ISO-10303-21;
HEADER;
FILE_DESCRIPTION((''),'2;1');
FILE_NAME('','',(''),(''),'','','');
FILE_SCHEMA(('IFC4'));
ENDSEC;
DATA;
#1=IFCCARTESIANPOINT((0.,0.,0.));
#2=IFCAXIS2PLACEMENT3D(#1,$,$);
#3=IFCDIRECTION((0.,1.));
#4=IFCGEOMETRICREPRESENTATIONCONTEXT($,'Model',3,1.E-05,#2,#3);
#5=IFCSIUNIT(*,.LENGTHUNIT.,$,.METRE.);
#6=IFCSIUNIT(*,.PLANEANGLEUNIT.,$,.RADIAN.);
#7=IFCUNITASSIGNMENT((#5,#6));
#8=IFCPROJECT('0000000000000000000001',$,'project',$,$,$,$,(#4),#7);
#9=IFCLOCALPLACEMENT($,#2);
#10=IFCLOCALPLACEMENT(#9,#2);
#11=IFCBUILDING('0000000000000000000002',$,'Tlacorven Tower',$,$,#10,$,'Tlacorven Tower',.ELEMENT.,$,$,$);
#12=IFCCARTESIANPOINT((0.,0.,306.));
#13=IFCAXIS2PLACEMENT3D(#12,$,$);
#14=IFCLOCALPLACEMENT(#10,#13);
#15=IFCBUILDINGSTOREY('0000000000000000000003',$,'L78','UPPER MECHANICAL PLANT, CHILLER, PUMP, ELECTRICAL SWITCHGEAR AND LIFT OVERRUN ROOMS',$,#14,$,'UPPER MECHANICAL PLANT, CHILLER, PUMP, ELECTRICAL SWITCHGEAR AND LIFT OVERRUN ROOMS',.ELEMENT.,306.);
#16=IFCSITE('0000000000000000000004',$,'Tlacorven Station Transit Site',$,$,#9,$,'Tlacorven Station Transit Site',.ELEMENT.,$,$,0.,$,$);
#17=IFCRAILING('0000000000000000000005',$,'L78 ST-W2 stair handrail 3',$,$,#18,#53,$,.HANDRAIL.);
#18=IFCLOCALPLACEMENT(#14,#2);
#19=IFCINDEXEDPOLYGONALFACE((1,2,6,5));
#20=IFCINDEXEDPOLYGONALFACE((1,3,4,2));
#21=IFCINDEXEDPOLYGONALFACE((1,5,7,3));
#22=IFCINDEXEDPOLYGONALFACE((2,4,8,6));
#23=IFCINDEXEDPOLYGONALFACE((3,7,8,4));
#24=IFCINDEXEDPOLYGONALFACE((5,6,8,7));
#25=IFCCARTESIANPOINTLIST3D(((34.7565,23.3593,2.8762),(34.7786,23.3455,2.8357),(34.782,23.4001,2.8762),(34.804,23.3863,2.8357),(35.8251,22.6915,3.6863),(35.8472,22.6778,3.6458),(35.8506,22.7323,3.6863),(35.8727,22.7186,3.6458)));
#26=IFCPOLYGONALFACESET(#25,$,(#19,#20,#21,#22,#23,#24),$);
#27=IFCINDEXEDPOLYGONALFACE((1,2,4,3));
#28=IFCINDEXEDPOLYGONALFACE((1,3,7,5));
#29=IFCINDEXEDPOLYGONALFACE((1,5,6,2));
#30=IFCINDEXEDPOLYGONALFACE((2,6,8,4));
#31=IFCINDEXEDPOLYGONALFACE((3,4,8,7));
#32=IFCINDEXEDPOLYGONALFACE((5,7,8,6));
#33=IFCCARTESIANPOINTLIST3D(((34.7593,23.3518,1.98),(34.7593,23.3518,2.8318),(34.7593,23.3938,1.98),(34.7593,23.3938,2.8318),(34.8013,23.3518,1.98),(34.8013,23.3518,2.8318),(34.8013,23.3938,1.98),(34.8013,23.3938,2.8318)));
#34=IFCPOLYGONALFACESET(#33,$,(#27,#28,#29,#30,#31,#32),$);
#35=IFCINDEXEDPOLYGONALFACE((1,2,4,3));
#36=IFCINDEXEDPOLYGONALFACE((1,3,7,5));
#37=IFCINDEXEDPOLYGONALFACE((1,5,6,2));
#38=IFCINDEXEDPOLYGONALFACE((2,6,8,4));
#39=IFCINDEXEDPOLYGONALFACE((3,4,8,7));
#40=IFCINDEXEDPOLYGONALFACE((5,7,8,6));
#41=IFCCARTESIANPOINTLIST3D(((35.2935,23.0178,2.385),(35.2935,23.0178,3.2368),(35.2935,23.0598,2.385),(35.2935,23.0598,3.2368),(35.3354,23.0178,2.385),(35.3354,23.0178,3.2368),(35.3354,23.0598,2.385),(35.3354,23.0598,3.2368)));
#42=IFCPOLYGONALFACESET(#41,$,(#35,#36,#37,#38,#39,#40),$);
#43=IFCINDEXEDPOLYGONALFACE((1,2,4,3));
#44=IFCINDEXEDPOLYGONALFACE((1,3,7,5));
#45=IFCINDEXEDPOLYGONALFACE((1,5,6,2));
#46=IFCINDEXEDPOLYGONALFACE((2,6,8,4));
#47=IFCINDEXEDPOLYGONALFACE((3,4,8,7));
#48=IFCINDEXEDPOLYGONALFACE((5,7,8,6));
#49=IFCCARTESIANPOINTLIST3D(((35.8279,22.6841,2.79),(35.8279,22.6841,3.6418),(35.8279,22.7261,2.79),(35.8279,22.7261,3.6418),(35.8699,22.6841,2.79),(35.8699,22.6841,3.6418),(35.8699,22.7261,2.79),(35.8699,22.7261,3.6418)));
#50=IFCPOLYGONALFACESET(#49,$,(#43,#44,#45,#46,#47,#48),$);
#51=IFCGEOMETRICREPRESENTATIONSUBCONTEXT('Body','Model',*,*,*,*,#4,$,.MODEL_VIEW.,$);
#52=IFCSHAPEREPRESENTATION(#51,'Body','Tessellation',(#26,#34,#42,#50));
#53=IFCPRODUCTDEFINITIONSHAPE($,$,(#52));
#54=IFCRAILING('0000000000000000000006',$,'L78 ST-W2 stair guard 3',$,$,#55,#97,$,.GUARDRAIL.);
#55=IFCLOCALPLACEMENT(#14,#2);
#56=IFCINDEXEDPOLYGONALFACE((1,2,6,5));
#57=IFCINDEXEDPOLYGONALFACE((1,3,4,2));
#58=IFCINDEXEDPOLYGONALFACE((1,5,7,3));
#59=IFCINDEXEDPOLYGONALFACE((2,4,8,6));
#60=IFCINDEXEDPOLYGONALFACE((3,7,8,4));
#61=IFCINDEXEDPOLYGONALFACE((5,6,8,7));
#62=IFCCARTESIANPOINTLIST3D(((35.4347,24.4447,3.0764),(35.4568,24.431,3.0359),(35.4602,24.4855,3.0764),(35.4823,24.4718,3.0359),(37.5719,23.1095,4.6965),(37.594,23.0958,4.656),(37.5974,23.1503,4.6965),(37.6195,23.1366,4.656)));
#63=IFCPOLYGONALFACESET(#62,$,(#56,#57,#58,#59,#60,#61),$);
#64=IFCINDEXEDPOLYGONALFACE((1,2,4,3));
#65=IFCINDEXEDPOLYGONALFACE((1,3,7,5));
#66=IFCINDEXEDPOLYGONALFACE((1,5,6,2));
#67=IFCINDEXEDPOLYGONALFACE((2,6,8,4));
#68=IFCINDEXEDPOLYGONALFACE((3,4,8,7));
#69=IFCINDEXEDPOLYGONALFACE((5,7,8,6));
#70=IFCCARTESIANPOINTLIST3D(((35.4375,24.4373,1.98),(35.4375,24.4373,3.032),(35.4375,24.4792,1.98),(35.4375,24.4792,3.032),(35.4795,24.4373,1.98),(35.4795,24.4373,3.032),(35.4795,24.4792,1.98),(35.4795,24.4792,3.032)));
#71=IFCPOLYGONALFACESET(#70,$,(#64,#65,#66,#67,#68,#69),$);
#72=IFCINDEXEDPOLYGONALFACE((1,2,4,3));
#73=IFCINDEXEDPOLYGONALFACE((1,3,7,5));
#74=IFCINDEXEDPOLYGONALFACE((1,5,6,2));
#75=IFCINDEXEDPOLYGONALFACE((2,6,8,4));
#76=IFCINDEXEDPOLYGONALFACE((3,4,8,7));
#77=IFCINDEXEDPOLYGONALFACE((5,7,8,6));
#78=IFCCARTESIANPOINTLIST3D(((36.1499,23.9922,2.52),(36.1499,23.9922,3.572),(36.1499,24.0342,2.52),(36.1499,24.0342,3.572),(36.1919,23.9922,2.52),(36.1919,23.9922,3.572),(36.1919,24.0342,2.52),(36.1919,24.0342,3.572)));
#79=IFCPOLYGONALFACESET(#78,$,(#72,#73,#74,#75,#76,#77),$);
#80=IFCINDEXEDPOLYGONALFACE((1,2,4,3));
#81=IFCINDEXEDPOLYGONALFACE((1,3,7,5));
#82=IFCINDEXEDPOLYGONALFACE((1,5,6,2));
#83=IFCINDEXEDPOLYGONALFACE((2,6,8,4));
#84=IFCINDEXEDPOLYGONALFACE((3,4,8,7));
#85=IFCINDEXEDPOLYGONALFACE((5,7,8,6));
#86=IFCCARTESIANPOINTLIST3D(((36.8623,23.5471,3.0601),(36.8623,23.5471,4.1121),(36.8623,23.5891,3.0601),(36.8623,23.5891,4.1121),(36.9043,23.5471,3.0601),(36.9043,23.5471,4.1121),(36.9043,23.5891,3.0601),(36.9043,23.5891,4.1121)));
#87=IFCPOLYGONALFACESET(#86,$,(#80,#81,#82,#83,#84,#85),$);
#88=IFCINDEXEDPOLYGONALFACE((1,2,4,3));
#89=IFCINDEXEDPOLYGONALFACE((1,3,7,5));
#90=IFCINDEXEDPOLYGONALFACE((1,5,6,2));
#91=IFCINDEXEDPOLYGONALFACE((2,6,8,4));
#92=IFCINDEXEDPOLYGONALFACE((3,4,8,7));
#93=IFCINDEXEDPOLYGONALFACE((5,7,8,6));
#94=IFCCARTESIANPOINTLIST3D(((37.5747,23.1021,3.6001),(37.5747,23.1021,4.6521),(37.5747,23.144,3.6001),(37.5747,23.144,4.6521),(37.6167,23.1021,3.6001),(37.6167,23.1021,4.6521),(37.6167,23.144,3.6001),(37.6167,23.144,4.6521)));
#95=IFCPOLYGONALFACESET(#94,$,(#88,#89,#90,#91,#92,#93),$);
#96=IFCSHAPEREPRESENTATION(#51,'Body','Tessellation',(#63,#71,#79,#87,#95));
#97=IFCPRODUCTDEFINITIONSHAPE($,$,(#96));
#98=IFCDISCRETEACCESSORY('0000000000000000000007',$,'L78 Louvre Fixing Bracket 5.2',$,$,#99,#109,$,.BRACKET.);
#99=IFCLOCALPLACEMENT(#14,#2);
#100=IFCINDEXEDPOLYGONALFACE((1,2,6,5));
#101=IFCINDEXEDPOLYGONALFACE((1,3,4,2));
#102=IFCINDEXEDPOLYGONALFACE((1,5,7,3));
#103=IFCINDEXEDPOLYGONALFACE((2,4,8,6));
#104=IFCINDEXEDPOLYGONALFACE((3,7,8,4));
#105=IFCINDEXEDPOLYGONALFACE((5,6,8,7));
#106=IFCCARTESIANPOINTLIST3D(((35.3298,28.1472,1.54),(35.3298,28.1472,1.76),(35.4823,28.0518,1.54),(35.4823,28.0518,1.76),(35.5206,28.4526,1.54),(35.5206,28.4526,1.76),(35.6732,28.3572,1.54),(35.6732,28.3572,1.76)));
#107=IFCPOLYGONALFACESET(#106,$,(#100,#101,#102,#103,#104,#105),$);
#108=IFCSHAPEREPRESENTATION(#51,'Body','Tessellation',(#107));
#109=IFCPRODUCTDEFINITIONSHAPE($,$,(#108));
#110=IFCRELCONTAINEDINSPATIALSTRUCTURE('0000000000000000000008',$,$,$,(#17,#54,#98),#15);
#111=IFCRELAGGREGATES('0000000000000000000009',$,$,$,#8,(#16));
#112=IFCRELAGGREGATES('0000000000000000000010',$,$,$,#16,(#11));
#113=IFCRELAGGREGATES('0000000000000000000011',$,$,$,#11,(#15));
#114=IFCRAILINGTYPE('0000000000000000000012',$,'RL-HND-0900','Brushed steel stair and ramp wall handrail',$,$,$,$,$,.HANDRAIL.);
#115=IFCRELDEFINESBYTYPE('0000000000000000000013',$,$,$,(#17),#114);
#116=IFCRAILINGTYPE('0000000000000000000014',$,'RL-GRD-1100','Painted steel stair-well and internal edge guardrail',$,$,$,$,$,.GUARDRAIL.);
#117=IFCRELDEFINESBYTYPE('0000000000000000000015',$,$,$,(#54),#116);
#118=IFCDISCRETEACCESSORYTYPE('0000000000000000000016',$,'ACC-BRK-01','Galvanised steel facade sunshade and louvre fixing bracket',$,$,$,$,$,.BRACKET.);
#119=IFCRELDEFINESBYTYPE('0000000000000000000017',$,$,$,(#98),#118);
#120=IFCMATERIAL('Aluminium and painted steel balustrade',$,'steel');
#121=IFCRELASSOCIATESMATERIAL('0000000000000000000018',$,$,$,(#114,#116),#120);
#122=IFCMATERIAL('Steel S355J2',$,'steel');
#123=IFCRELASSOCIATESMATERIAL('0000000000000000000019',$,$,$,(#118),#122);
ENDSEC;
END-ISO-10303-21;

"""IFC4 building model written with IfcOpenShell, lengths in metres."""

from ifc_helpers import new_model, si_unit, direction, frame, origin, origin_2d, place, context, subcontext, project, spatial, rectangle, extrude, source, transform, mapped, material, type_object, element, save


model = new_model("IFC4")

# Units and contexts
model_context = context("Model", 3, precision=1e-05, world=origin(), true_north=direction((0.0, 1.0)))
body_context = subcontext(model_context, "Body", "Model", "MODEL_VIEW")
ifc_project = project(units=[si_unit("LENGTHUNIT", "METRE"), si_unit("PLANEANGLEUNIT", "RADIAN")], contexts=[model_context])

# Site, building, storey
site_placement = place(None, origin())
site = spatial("IfcSite", under=ifc_project, at=site_placement, Name="Tlacorven Station Transit Site", LongName="Tlacorven Station Transit Site", CompositionType="ELEMENT", RefElevation=0.0)
building_placement = place(site_placement, origin())
building = spatial("IfcBuilding", under=site, at=building_placement, Name="Tlacorven Tower", LongName="Tlacorven Tower", CompositionType="ELEMENT")
storey_placement = place(building_placement, frame((0.0, 0.0, 306.0)))
storey = spatial("IfcBuildingStorey", under=building, at=storey_placement, Name="L78", Description="UPPER MECHANICAL PLANT, CHILLER, PUMP, ELECTRICAL SWITCHGEAR AND LIFT OVERRUN ROOMS", LongName="UPPER MECHANICAL PLANT, CHILLER, PUMP, ELECTRICAL SWITCHGEAR AND LIFT OVERRUN ROOMS", CompositionType="ELEMENT", Elevation=306.0)

# Shared definitions
ifc_material_1 = material(Name="Steel S355J2", Category="steel")

# Railings
ifc_material_2 = material(Name="Aluminium and painted steel balustrade", Category="steel")
railing_type_1 = type_object("IfcRailingType", Name="RL-HND-0900", Description="Brushed steel stair and ramp wall handrail", PredefinedType="HANDRAIL", material=ifc_material_2)
shared_shape_1 = source(origin(), body_context, "Body", "SweptSolid", [
    extrude(rectangle(XDim=0.0481, YDim=0.0481, at=origin_2d()), frame((0.0, 0.0, 0.876), z_axis=(0.71336, -0.445748, 0.540765), x_axis=(0.529912, 0.848053, 0.0)), (0.0, 0.0, 1.0), 1.498),
    extrude(rectangle(XDim=0.042, YDim=0.042, at=origin_2d()), origin(), (0.0, 0.0, 1.0), 0.8518),
    extrude(rectangle(XDim=0.042, YDim=0.042, at=origin_2d()), frame((0.5342, -0.334, 0.405)), (0.0, 0.0, 1.0), 0.8518),
    extrude(rectangle(XDim=0.042, YDim=0.042, at=origin_2d()), frame((1.0686, -0.6677, 0.8101)), (0.0, 0.0, 1.0), 0.8518),
])
railing_1_placement = place(storey_placement, frame((34.7803, 23.3728, 1.98)))
element("IfcRailing", 1, at=railing_1_placement, inside=storey, type_object=railing_type_1, Name="L78 ST-W2 stair handrail 3", PredefinedType="HANDRAIL", context=body_context, shape_type="MappedRepresentation", body=[
    mapped(shared_shape_1, transform((0.0, 0.0, 0.0), scale=1.0)),
])
railing_type_2 = type_object("IfcRailingType", Name="RL-GRD-1100", Description="Painted steel stair-well and internal edge guardrail", PredefinedType="GUARDRAIL", material=ifc_material_2)
shared_shape_2 = source(origin(), body_context, "Body", "SweptSolid", [
    extrude(rectangle(XDim=0.0481, YDim=0.0481, at=origin_2d()), frame((0.0, 0.0, 1.0762), z_axis=(0.713386, -0.445683, 0.540784), x_axis=(0.529842, 0.848096, 0.0)), (0.0, 0.0, 1.0), 2.9958),
    extrude(rectangle(XDim=0.042, YDim=0.042, at=origin_2d()), origin(), (0.0, 0.0, 1.0), 1.052),
    extrude(rectangle(XDim=0.042, YDim=0.042, at=origin_2d()), frame((0.7124, -0.4451, 0.54)), (0.0, 0.0, 1.0), 1.052),
    extrude(rectangle(XDim=0.042, YDim=0.042, at=origin_2d()), frame((1.4248, -0.8901, 1.0801)), (0.0, 0.0, 1.0), 1.052),
    extrude(rectangle(XDim=0.042, YDim=0.042, at=origin_2d()), frame((2.1372, -1.3352, 1.6201)), (0.0, 0.0, 1.0), 1.052),
])
railing_2_placement = place(storey_placement, frame((35.4585, 24.4583, 1.98)))
element("IfcRailing", 2, at=railing_2_placement, inside=storey, type_object=railing_type_2, Name="L78 ST-W2 stair guard 3", PredefinedType="GUARDRAIL", context=body_context, shape_type="MappedRepresentation", body=[
    mapped(shared_shape_2, transform((0.0, 0.0, 0.0), scale=1.0)),
])

# Discrete accessory
discrete_accessory_type = type_object("IfcDiscreteAccessoryType", Name="ACC-BRK-01", Description="Galvanised steel facade sunshade and louvre fixing bracket", PredefinedType="BRACKET", material=ifc_material_1)
shared_shape_3 = source(origin(), body_context, "Body", "SweptSolid", [
    extrude(rectangle(XDim=0.1799, YDim=0.3601, at=origin_2d()), origin(), (0.0, 0.0, 1.0), 0.22),
])
discrete_accessory_placement = place(storey_placement, frame((35.5015, 28.2522, 1.54), z_axis=(0.0, 0.0, 1.0), x_axis=(0.848048, -0.529919, 0.0)))
element("IfcDiscreteAccessory", 3, at=discrete_accessory_placement, inside=storey, type_object=discrete_accessory_type, Name="L78 Louvre Fixing Bracket 5.2", PredefinedType="BRACKET", context=body_context, shape_type="MappedRepresentation", body=[
    mapped(shared_shape_3, transform((0.0, 0.0, 0.0), scale=1.0)),
])

save(model, "model.ifc")
